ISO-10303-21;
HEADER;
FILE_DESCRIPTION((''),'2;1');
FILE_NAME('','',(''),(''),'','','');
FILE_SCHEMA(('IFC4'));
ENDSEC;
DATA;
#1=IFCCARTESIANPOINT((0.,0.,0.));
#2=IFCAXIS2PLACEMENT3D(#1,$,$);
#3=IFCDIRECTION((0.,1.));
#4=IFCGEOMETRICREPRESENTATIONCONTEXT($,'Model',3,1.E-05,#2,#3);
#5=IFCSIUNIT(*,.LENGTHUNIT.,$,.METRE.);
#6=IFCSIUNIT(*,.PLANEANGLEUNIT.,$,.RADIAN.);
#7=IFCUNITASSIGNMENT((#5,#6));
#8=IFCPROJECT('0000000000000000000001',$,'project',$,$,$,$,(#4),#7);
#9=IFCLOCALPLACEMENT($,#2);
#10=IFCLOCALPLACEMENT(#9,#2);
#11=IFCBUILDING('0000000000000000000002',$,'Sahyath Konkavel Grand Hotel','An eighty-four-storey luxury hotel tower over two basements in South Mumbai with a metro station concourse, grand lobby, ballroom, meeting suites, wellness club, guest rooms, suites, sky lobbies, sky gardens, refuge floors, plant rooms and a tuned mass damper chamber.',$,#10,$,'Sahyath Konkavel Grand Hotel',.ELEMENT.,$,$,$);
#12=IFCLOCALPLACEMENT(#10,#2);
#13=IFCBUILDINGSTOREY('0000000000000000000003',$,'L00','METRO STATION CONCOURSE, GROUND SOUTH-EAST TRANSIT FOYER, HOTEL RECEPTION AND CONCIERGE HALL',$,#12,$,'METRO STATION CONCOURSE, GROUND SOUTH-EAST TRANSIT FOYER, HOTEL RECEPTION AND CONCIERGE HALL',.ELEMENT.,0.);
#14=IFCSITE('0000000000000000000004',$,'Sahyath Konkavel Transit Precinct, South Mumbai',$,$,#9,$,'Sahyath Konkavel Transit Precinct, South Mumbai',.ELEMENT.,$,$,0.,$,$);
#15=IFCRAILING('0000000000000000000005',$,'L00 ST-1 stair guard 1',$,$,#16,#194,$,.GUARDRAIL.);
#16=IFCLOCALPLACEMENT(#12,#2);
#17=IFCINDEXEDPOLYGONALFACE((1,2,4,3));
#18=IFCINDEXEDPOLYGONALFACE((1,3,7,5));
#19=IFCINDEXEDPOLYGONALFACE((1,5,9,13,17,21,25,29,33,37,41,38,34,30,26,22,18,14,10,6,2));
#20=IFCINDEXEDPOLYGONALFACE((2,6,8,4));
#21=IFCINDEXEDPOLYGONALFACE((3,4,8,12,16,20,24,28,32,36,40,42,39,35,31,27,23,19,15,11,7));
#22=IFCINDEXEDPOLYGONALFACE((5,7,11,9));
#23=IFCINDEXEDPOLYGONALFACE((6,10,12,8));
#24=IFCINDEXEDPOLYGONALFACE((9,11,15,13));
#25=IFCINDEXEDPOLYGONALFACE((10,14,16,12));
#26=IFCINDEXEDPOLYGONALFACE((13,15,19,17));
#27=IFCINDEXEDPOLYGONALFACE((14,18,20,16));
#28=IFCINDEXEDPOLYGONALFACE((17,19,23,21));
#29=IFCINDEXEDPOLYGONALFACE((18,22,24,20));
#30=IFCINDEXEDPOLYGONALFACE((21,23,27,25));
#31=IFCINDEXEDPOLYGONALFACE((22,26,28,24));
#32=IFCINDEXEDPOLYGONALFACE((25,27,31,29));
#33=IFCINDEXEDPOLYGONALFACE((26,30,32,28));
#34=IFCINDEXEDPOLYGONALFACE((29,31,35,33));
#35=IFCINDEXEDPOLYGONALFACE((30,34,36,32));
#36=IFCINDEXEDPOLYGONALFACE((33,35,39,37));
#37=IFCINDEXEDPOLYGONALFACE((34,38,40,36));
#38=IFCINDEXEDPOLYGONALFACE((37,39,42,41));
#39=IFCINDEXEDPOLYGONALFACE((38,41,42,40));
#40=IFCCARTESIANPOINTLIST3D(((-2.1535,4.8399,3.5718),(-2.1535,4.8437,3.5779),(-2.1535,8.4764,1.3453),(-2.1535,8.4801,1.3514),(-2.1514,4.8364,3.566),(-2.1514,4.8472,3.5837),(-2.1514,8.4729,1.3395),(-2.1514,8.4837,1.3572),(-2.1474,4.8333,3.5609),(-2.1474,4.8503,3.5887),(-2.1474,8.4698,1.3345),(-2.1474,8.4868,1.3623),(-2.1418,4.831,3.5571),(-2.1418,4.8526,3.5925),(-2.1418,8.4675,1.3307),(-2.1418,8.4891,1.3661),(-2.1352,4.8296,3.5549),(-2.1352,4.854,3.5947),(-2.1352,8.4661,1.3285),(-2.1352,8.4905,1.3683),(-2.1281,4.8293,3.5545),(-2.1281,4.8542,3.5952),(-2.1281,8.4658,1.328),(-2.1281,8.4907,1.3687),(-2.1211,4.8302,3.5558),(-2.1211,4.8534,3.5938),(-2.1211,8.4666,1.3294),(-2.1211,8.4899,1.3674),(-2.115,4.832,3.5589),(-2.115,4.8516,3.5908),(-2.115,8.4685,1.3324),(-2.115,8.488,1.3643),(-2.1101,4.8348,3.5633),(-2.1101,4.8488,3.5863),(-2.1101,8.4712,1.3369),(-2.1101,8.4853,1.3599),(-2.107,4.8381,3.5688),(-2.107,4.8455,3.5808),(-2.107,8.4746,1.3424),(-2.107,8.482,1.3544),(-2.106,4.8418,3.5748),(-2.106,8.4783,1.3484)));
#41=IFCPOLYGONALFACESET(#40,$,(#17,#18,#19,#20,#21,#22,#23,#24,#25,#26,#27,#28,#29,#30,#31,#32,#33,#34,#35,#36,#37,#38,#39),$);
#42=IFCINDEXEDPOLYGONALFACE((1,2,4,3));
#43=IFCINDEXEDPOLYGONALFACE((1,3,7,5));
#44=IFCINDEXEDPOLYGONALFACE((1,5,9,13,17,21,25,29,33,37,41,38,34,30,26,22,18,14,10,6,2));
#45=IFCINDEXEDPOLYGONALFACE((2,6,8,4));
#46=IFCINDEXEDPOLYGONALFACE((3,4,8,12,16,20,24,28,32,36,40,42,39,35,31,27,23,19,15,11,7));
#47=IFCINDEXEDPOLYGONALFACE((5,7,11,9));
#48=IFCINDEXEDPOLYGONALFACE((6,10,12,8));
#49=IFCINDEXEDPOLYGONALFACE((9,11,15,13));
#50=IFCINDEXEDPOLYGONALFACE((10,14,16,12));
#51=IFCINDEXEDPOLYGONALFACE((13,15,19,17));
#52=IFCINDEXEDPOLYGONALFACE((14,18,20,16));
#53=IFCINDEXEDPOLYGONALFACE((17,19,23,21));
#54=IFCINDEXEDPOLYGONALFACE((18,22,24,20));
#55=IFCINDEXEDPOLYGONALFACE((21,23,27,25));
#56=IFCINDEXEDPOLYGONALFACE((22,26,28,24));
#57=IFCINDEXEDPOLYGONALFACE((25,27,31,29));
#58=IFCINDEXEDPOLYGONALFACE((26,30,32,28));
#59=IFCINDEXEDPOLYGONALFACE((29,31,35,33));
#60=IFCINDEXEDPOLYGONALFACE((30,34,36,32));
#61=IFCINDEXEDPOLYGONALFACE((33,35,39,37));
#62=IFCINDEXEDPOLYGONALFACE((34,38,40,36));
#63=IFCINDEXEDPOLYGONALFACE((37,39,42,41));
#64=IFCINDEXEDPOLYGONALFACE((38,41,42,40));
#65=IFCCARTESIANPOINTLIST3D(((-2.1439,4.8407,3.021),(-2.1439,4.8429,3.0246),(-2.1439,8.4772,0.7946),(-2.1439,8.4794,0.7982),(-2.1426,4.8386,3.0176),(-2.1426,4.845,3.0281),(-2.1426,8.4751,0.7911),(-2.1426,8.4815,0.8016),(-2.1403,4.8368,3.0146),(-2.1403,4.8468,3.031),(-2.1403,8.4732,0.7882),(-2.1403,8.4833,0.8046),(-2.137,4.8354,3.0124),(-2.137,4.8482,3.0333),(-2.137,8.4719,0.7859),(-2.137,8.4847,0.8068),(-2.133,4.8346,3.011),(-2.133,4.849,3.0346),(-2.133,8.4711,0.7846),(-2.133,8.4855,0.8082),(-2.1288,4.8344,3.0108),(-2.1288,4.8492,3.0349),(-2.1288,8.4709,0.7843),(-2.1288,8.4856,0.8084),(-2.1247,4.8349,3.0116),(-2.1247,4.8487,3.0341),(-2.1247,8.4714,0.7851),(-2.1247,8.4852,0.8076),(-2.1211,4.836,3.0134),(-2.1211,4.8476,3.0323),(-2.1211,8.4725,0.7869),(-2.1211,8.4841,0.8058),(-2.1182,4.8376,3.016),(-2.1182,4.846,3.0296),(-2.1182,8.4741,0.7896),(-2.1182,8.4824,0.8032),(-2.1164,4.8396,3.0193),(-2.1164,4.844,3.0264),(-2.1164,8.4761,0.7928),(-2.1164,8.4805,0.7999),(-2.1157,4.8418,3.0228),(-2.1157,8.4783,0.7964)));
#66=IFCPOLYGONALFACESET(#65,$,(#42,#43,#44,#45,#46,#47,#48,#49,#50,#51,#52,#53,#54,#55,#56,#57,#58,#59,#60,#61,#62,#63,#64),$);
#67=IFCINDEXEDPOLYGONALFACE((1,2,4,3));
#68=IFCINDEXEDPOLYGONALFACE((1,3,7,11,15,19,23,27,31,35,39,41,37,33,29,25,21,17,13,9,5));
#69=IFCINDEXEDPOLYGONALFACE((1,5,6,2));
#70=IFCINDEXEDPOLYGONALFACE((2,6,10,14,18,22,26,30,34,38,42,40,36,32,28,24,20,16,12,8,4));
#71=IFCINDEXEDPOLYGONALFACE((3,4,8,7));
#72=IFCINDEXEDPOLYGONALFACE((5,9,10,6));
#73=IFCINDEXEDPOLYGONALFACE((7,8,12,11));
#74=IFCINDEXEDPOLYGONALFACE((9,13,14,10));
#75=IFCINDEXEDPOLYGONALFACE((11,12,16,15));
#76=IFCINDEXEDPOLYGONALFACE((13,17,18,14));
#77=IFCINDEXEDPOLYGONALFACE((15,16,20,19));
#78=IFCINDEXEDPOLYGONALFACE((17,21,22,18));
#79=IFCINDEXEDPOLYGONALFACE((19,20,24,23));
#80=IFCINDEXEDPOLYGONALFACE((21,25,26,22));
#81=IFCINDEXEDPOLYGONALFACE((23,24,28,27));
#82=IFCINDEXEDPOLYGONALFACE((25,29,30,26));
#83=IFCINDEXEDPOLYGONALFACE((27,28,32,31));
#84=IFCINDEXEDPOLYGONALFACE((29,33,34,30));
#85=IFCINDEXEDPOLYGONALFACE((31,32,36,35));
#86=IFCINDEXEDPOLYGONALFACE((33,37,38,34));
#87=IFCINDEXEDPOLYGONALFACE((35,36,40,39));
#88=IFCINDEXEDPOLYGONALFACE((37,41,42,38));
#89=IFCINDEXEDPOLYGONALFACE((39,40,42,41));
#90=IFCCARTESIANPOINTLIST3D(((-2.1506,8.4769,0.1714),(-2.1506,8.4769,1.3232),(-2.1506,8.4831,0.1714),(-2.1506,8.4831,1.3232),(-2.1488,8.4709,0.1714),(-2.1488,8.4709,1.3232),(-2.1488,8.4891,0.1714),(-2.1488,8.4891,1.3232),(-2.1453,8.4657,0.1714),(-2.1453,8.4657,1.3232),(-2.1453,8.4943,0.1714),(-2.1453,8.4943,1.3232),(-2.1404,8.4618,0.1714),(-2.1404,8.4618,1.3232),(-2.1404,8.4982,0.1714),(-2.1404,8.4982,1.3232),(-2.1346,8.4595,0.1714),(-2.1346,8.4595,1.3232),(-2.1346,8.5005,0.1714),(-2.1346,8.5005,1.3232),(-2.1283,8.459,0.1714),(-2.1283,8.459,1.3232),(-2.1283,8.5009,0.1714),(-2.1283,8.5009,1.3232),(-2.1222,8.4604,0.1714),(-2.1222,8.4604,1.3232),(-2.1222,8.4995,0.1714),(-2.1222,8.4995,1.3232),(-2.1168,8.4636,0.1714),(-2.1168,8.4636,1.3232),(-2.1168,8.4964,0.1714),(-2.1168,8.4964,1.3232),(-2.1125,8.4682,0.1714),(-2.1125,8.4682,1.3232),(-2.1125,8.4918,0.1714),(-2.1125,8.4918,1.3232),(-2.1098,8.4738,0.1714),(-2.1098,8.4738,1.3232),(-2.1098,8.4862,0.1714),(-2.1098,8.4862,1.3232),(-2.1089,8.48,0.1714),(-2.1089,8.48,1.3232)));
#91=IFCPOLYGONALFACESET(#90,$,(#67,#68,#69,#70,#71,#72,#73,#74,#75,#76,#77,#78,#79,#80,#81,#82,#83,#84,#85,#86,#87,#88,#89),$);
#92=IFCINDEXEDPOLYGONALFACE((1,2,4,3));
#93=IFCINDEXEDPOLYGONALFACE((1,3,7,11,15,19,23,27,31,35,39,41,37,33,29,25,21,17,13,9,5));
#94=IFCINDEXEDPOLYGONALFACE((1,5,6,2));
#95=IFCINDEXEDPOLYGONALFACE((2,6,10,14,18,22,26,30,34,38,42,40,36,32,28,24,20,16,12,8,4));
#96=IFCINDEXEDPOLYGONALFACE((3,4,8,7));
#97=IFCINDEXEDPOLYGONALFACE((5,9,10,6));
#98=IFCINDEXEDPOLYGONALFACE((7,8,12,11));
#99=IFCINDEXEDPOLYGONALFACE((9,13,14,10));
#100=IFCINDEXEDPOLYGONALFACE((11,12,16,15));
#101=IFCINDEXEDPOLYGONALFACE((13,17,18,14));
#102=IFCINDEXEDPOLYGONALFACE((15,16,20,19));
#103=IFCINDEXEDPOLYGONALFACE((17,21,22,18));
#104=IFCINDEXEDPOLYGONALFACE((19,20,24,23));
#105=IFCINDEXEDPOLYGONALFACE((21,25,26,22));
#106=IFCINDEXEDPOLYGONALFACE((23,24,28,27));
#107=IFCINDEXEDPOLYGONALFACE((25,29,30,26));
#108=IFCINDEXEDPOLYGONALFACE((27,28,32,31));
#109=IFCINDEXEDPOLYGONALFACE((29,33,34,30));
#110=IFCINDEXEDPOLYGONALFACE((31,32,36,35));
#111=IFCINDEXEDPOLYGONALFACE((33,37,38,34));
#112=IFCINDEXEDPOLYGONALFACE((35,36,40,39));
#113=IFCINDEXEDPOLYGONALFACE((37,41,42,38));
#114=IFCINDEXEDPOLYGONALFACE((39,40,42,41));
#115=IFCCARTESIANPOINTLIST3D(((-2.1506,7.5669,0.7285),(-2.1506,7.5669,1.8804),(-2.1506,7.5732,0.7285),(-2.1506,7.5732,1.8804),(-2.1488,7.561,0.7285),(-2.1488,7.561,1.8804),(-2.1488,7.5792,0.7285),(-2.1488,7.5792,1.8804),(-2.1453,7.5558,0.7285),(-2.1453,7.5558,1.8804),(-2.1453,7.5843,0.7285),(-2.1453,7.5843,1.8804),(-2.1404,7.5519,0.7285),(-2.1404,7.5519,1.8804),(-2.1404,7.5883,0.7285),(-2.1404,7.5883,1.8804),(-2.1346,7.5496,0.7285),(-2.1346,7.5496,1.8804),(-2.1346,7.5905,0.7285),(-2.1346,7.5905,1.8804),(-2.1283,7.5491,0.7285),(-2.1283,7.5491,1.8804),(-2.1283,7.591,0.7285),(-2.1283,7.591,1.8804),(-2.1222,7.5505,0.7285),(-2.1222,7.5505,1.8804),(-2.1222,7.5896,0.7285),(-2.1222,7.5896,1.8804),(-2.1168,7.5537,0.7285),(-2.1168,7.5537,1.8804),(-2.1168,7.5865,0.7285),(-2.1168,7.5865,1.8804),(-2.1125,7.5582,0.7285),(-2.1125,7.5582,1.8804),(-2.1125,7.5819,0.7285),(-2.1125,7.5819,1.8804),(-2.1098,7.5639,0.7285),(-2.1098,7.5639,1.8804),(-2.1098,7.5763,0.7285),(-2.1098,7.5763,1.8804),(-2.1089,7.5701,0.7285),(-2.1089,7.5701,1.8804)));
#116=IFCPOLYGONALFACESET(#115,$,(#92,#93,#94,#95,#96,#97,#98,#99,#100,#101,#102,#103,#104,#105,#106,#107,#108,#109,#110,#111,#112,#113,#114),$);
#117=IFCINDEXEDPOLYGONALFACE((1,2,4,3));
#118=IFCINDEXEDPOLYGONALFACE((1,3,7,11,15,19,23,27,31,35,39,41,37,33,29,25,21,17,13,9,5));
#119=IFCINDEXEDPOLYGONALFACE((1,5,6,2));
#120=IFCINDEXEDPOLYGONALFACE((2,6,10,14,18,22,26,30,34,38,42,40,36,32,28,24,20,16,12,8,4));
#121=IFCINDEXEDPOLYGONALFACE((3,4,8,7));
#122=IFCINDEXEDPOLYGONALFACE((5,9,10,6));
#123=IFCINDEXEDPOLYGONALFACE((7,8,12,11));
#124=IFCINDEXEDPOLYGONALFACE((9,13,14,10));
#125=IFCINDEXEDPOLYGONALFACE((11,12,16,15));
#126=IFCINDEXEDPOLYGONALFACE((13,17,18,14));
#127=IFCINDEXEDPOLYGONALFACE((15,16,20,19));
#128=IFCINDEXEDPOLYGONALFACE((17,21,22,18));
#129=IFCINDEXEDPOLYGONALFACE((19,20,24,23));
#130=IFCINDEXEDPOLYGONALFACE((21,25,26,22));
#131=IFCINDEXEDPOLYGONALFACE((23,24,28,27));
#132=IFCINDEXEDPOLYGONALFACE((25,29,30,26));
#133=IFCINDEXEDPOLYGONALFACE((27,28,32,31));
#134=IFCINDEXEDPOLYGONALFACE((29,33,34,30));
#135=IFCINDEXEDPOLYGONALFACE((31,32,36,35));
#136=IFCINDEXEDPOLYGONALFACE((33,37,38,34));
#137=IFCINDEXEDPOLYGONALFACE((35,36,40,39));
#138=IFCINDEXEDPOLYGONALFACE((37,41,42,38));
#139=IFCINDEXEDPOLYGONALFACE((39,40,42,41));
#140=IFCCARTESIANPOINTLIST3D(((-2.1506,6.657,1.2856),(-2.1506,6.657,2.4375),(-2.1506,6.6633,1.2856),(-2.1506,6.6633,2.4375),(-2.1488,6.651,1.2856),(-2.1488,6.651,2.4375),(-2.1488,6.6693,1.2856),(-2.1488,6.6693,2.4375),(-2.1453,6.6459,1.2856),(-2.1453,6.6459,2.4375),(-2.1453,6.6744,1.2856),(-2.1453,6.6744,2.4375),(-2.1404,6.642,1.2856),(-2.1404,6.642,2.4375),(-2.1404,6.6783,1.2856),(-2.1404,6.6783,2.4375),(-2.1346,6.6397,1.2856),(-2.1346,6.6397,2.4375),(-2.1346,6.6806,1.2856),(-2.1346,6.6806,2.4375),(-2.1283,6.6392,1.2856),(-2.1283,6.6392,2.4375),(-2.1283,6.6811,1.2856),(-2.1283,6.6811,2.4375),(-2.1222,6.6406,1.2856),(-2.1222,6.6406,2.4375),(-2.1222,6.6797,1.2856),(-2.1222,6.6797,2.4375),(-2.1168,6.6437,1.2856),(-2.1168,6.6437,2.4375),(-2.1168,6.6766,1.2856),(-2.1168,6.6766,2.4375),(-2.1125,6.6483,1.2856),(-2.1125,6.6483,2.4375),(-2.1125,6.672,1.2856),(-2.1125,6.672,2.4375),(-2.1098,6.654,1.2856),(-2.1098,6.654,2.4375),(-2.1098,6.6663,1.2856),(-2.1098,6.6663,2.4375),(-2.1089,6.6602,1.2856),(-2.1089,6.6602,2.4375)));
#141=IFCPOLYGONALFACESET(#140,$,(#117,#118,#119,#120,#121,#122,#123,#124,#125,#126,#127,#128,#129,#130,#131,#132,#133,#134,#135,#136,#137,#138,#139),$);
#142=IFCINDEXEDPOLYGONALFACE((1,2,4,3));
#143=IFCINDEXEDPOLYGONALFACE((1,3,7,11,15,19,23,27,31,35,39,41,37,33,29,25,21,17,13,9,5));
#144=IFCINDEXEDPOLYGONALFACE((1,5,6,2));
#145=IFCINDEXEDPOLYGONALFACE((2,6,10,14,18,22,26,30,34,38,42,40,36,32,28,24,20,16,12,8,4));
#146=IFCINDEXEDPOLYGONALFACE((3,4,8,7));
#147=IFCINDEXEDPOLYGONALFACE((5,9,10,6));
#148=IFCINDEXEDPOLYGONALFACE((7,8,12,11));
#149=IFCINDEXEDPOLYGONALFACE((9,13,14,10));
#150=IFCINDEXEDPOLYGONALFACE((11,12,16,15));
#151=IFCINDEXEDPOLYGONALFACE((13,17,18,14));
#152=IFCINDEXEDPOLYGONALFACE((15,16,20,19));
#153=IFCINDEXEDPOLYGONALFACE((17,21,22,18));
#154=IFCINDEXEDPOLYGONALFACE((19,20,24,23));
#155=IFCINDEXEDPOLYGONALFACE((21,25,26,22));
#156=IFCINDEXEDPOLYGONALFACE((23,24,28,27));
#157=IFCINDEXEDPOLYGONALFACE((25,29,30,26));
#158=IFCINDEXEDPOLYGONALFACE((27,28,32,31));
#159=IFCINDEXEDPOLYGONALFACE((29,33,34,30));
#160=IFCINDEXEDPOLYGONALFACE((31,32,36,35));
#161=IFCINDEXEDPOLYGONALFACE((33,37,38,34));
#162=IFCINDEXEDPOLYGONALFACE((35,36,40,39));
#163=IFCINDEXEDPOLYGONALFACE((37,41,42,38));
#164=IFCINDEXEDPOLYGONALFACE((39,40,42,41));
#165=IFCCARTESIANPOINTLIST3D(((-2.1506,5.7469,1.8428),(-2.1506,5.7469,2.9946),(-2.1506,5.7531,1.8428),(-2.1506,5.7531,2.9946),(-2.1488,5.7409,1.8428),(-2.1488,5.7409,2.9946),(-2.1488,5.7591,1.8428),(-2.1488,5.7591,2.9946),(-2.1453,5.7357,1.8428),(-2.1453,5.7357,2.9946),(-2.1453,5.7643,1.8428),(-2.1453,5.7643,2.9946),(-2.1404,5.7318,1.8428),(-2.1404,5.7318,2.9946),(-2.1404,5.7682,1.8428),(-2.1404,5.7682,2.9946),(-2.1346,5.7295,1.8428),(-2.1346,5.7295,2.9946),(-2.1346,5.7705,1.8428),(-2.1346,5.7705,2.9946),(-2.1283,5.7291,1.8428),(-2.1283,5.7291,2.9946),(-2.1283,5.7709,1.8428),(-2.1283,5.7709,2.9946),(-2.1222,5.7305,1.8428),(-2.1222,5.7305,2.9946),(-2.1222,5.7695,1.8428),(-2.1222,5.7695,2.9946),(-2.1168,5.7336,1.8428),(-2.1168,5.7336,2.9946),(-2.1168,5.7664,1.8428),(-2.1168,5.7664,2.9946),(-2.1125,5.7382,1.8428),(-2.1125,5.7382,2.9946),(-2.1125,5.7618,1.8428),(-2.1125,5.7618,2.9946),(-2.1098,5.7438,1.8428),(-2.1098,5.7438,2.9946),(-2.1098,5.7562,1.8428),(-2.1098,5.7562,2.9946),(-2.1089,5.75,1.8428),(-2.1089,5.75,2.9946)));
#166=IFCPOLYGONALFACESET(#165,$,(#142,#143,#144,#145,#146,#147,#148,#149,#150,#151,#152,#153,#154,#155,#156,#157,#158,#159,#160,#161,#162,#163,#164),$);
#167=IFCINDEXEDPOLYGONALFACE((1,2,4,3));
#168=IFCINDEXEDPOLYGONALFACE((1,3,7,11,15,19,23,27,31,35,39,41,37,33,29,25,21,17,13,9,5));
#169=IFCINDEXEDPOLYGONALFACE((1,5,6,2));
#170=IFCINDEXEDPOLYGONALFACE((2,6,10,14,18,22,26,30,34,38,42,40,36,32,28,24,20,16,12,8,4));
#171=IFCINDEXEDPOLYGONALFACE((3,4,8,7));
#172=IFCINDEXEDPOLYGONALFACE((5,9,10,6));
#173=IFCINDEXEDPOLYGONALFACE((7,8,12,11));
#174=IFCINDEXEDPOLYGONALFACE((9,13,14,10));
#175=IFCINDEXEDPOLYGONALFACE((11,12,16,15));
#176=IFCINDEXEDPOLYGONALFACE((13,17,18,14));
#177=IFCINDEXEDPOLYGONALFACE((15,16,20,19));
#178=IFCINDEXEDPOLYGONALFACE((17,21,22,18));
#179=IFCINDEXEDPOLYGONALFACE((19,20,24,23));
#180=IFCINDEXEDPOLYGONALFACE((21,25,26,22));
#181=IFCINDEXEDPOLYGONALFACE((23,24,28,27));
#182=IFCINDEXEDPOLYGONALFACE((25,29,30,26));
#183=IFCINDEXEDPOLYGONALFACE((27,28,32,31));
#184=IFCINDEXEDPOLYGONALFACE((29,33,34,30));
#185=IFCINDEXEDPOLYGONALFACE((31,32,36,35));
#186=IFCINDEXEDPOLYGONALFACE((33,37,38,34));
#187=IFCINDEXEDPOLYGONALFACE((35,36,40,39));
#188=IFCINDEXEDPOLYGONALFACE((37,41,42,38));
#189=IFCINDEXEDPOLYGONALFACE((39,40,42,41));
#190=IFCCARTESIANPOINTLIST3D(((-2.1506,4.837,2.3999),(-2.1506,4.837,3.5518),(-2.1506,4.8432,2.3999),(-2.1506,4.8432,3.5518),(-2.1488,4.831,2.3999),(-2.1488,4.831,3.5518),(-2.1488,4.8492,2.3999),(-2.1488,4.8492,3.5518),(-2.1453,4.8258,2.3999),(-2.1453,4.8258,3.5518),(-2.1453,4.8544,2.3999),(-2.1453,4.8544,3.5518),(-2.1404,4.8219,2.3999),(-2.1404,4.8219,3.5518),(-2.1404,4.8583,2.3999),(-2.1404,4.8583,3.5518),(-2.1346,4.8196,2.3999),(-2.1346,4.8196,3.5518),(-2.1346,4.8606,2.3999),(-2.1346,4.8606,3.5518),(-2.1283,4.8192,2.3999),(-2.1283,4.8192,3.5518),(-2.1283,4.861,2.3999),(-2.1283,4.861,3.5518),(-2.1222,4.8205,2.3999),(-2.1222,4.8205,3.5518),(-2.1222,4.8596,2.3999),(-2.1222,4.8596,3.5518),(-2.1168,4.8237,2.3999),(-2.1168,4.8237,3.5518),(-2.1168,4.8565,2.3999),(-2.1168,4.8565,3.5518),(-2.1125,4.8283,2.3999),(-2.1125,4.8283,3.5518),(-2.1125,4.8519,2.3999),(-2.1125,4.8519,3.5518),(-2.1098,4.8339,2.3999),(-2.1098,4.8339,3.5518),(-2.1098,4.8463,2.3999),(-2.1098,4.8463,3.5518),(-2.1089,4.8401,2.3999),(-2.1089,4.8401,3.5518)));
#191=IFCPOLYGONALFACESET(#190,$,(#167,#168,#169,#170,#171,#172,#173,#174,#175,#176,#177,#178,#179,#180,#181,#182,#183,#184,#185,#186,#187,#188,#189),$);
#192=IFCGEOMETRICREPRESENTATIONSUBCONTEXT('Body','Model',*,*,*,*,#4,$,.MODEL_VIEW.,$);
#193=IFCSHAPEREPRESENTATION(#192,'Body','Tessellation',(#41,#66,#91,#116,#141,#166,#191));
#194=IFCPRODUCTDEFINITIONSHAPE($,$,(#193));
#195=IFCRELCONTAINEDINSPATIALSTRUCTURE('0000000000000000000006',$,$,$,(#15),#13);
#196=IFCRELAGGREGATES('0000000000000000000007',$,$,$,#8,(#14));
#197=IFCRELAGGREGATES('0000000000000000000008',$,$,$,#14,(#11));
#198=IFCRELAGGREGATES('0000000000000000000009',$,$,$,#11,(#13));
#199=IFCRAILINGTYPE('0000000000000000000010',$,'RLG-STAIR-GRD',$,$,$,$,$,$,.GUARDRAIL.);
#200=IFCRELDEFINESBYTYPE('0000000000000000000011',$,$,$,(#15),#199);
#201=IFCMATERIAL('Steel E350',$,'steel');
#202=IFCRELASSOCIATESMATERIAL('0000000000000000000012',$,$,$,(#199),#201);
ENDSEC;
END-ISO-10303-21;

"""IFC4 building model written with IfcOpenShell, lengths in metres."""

from ifc_helpers import new_model, si_unit, direction, frame, origin, origin_2d, place, context, subcontext, project, spatial, circle, extrude, material, type_object, element, save


model = new_model("IFC4")

# Units and contexts
model_context = context("Model", 3, precision=1e-05, world=origin(), true_north=direction((0.0, 1.0)))
body_context = subcontext(model_context, "Body", "Model", "MODEL_VIEW")
ifc_project = project(units=[si_unit("LENGTHUNIT", "METRE"), si_unit("PLANEANGLEUNIT", "RADIAN")], contexts=[model_context])

# Site, building, storey
site_placement = place(None, origin())
site = spatial("IfcSite", under=ifc_project, at=site_placement, Name="Sahyath Konkavel Transit Precinct, South Mumbai", LongName="Sahyath Konkavel Transit Precinct, South Mumbai", CompositionType="ELEMENT", RefElevation=0.0)
building_placement = place(site_placement, origin())
building = spatial("IfcBuilding", under=site, at=building_placement, Name="Sahyath Konkavel Grand Hotel", Description="An eighty-four-storey luxury hotel tower over two basements in South Mumbai with a metro station concourse, grand lobby, ballroom, meeting suites, wellness club, guest rooms, suites, sky lobbies, sky gardens, refuge floors, plant rooms and a tuned mass damper chamber.", LongName="Sahyath Konkavel Grand Hotel", CompositionType="ELEMENT")
storey_placement = place(building_placement, origin())
storey = spatial("IfcBuildingStorey", under=building, at=storey_placement, Name="L00", Description="METRO STATION CONCOURSE, GROUND SOUTH-EAST TRANSIT FOYER, HOTEL RECEPTION AND CONCIERGE HALL", LongName="METRO STATION CONCOURSE, GROUND SOUTH-EAST TRANSIT FOYER, HOTEL RECEPTION AND CONCIERGE HALL", CompositionType="ELEMENT", Elevation=0.0)

# Shared definitions
ifc_material_1 = material(Name="Steel E350", Category="steel")

# Railing
railing_type_1 = type_object("IfcRailingType", Name="RLG-STAIR-GRD", PredefinedType="GUARDRAIL", material=ifc_material_1)
railing_1_placement = place(storey_placement, frame((-2.1299, 8.48, 0.1714)))
element("IfcRailing", 1, at=railing_1_placement, inside=storey, type_object=railing_type_1, Name="L00 ST-1 stair guard 1", PredefinedType="GUARDRAIL", context=body_context, shape_type="SweptSolid", body=[
    extrude(circle(Radius=0.0239, at=origin_2d()), frame((0.0, -0.0017, 1.177), z_axis=(0.0, -0.85285, 0.522156), x_axis=(1.0, 0.0, 0.0)), (0.0, 0.0, 1.0), 4.2639),
    extrude(circle(Radius=0.0142, at=origin_2d()), frame((0.0, -0.0017, 0.625), z_axis=(0.0, -0.85285, 0.522156), x_axis=(1.0, 0.0, 0.0)), (0.0, 0.0, 1.0), 4.2639),
    extrude(circle(Radius=0.021, at=origin_2d()), origin(), (0.0, 0.0, 1.0), 1.1519),
    extrude(circle(Radius=0.021, at=origin_2d()), frame((0.0, -0.9099, 0.5571)), (0.0, 0.0, 1.0), 1.1519),
    extrude(circle(Radius=0.021, at=origin_2d()), frame((0.0, -1.8198, 1.1143)), (0.0, 0.0, 1.0), 1.1519),
    extrude(circle(Radius=0.021, at=origin_2d()), frame((0.0, -2.73, 1.6714)), (0.0, 0.0, 1.0), 1.1519),
    extrude(circle(Radius=0.021, at=origin_2d()), frame((0.0, -3.6399, 2.2285)), (0.0, 0.0, 1.0), 1.1519),
])

save(model, "model.ifc")
